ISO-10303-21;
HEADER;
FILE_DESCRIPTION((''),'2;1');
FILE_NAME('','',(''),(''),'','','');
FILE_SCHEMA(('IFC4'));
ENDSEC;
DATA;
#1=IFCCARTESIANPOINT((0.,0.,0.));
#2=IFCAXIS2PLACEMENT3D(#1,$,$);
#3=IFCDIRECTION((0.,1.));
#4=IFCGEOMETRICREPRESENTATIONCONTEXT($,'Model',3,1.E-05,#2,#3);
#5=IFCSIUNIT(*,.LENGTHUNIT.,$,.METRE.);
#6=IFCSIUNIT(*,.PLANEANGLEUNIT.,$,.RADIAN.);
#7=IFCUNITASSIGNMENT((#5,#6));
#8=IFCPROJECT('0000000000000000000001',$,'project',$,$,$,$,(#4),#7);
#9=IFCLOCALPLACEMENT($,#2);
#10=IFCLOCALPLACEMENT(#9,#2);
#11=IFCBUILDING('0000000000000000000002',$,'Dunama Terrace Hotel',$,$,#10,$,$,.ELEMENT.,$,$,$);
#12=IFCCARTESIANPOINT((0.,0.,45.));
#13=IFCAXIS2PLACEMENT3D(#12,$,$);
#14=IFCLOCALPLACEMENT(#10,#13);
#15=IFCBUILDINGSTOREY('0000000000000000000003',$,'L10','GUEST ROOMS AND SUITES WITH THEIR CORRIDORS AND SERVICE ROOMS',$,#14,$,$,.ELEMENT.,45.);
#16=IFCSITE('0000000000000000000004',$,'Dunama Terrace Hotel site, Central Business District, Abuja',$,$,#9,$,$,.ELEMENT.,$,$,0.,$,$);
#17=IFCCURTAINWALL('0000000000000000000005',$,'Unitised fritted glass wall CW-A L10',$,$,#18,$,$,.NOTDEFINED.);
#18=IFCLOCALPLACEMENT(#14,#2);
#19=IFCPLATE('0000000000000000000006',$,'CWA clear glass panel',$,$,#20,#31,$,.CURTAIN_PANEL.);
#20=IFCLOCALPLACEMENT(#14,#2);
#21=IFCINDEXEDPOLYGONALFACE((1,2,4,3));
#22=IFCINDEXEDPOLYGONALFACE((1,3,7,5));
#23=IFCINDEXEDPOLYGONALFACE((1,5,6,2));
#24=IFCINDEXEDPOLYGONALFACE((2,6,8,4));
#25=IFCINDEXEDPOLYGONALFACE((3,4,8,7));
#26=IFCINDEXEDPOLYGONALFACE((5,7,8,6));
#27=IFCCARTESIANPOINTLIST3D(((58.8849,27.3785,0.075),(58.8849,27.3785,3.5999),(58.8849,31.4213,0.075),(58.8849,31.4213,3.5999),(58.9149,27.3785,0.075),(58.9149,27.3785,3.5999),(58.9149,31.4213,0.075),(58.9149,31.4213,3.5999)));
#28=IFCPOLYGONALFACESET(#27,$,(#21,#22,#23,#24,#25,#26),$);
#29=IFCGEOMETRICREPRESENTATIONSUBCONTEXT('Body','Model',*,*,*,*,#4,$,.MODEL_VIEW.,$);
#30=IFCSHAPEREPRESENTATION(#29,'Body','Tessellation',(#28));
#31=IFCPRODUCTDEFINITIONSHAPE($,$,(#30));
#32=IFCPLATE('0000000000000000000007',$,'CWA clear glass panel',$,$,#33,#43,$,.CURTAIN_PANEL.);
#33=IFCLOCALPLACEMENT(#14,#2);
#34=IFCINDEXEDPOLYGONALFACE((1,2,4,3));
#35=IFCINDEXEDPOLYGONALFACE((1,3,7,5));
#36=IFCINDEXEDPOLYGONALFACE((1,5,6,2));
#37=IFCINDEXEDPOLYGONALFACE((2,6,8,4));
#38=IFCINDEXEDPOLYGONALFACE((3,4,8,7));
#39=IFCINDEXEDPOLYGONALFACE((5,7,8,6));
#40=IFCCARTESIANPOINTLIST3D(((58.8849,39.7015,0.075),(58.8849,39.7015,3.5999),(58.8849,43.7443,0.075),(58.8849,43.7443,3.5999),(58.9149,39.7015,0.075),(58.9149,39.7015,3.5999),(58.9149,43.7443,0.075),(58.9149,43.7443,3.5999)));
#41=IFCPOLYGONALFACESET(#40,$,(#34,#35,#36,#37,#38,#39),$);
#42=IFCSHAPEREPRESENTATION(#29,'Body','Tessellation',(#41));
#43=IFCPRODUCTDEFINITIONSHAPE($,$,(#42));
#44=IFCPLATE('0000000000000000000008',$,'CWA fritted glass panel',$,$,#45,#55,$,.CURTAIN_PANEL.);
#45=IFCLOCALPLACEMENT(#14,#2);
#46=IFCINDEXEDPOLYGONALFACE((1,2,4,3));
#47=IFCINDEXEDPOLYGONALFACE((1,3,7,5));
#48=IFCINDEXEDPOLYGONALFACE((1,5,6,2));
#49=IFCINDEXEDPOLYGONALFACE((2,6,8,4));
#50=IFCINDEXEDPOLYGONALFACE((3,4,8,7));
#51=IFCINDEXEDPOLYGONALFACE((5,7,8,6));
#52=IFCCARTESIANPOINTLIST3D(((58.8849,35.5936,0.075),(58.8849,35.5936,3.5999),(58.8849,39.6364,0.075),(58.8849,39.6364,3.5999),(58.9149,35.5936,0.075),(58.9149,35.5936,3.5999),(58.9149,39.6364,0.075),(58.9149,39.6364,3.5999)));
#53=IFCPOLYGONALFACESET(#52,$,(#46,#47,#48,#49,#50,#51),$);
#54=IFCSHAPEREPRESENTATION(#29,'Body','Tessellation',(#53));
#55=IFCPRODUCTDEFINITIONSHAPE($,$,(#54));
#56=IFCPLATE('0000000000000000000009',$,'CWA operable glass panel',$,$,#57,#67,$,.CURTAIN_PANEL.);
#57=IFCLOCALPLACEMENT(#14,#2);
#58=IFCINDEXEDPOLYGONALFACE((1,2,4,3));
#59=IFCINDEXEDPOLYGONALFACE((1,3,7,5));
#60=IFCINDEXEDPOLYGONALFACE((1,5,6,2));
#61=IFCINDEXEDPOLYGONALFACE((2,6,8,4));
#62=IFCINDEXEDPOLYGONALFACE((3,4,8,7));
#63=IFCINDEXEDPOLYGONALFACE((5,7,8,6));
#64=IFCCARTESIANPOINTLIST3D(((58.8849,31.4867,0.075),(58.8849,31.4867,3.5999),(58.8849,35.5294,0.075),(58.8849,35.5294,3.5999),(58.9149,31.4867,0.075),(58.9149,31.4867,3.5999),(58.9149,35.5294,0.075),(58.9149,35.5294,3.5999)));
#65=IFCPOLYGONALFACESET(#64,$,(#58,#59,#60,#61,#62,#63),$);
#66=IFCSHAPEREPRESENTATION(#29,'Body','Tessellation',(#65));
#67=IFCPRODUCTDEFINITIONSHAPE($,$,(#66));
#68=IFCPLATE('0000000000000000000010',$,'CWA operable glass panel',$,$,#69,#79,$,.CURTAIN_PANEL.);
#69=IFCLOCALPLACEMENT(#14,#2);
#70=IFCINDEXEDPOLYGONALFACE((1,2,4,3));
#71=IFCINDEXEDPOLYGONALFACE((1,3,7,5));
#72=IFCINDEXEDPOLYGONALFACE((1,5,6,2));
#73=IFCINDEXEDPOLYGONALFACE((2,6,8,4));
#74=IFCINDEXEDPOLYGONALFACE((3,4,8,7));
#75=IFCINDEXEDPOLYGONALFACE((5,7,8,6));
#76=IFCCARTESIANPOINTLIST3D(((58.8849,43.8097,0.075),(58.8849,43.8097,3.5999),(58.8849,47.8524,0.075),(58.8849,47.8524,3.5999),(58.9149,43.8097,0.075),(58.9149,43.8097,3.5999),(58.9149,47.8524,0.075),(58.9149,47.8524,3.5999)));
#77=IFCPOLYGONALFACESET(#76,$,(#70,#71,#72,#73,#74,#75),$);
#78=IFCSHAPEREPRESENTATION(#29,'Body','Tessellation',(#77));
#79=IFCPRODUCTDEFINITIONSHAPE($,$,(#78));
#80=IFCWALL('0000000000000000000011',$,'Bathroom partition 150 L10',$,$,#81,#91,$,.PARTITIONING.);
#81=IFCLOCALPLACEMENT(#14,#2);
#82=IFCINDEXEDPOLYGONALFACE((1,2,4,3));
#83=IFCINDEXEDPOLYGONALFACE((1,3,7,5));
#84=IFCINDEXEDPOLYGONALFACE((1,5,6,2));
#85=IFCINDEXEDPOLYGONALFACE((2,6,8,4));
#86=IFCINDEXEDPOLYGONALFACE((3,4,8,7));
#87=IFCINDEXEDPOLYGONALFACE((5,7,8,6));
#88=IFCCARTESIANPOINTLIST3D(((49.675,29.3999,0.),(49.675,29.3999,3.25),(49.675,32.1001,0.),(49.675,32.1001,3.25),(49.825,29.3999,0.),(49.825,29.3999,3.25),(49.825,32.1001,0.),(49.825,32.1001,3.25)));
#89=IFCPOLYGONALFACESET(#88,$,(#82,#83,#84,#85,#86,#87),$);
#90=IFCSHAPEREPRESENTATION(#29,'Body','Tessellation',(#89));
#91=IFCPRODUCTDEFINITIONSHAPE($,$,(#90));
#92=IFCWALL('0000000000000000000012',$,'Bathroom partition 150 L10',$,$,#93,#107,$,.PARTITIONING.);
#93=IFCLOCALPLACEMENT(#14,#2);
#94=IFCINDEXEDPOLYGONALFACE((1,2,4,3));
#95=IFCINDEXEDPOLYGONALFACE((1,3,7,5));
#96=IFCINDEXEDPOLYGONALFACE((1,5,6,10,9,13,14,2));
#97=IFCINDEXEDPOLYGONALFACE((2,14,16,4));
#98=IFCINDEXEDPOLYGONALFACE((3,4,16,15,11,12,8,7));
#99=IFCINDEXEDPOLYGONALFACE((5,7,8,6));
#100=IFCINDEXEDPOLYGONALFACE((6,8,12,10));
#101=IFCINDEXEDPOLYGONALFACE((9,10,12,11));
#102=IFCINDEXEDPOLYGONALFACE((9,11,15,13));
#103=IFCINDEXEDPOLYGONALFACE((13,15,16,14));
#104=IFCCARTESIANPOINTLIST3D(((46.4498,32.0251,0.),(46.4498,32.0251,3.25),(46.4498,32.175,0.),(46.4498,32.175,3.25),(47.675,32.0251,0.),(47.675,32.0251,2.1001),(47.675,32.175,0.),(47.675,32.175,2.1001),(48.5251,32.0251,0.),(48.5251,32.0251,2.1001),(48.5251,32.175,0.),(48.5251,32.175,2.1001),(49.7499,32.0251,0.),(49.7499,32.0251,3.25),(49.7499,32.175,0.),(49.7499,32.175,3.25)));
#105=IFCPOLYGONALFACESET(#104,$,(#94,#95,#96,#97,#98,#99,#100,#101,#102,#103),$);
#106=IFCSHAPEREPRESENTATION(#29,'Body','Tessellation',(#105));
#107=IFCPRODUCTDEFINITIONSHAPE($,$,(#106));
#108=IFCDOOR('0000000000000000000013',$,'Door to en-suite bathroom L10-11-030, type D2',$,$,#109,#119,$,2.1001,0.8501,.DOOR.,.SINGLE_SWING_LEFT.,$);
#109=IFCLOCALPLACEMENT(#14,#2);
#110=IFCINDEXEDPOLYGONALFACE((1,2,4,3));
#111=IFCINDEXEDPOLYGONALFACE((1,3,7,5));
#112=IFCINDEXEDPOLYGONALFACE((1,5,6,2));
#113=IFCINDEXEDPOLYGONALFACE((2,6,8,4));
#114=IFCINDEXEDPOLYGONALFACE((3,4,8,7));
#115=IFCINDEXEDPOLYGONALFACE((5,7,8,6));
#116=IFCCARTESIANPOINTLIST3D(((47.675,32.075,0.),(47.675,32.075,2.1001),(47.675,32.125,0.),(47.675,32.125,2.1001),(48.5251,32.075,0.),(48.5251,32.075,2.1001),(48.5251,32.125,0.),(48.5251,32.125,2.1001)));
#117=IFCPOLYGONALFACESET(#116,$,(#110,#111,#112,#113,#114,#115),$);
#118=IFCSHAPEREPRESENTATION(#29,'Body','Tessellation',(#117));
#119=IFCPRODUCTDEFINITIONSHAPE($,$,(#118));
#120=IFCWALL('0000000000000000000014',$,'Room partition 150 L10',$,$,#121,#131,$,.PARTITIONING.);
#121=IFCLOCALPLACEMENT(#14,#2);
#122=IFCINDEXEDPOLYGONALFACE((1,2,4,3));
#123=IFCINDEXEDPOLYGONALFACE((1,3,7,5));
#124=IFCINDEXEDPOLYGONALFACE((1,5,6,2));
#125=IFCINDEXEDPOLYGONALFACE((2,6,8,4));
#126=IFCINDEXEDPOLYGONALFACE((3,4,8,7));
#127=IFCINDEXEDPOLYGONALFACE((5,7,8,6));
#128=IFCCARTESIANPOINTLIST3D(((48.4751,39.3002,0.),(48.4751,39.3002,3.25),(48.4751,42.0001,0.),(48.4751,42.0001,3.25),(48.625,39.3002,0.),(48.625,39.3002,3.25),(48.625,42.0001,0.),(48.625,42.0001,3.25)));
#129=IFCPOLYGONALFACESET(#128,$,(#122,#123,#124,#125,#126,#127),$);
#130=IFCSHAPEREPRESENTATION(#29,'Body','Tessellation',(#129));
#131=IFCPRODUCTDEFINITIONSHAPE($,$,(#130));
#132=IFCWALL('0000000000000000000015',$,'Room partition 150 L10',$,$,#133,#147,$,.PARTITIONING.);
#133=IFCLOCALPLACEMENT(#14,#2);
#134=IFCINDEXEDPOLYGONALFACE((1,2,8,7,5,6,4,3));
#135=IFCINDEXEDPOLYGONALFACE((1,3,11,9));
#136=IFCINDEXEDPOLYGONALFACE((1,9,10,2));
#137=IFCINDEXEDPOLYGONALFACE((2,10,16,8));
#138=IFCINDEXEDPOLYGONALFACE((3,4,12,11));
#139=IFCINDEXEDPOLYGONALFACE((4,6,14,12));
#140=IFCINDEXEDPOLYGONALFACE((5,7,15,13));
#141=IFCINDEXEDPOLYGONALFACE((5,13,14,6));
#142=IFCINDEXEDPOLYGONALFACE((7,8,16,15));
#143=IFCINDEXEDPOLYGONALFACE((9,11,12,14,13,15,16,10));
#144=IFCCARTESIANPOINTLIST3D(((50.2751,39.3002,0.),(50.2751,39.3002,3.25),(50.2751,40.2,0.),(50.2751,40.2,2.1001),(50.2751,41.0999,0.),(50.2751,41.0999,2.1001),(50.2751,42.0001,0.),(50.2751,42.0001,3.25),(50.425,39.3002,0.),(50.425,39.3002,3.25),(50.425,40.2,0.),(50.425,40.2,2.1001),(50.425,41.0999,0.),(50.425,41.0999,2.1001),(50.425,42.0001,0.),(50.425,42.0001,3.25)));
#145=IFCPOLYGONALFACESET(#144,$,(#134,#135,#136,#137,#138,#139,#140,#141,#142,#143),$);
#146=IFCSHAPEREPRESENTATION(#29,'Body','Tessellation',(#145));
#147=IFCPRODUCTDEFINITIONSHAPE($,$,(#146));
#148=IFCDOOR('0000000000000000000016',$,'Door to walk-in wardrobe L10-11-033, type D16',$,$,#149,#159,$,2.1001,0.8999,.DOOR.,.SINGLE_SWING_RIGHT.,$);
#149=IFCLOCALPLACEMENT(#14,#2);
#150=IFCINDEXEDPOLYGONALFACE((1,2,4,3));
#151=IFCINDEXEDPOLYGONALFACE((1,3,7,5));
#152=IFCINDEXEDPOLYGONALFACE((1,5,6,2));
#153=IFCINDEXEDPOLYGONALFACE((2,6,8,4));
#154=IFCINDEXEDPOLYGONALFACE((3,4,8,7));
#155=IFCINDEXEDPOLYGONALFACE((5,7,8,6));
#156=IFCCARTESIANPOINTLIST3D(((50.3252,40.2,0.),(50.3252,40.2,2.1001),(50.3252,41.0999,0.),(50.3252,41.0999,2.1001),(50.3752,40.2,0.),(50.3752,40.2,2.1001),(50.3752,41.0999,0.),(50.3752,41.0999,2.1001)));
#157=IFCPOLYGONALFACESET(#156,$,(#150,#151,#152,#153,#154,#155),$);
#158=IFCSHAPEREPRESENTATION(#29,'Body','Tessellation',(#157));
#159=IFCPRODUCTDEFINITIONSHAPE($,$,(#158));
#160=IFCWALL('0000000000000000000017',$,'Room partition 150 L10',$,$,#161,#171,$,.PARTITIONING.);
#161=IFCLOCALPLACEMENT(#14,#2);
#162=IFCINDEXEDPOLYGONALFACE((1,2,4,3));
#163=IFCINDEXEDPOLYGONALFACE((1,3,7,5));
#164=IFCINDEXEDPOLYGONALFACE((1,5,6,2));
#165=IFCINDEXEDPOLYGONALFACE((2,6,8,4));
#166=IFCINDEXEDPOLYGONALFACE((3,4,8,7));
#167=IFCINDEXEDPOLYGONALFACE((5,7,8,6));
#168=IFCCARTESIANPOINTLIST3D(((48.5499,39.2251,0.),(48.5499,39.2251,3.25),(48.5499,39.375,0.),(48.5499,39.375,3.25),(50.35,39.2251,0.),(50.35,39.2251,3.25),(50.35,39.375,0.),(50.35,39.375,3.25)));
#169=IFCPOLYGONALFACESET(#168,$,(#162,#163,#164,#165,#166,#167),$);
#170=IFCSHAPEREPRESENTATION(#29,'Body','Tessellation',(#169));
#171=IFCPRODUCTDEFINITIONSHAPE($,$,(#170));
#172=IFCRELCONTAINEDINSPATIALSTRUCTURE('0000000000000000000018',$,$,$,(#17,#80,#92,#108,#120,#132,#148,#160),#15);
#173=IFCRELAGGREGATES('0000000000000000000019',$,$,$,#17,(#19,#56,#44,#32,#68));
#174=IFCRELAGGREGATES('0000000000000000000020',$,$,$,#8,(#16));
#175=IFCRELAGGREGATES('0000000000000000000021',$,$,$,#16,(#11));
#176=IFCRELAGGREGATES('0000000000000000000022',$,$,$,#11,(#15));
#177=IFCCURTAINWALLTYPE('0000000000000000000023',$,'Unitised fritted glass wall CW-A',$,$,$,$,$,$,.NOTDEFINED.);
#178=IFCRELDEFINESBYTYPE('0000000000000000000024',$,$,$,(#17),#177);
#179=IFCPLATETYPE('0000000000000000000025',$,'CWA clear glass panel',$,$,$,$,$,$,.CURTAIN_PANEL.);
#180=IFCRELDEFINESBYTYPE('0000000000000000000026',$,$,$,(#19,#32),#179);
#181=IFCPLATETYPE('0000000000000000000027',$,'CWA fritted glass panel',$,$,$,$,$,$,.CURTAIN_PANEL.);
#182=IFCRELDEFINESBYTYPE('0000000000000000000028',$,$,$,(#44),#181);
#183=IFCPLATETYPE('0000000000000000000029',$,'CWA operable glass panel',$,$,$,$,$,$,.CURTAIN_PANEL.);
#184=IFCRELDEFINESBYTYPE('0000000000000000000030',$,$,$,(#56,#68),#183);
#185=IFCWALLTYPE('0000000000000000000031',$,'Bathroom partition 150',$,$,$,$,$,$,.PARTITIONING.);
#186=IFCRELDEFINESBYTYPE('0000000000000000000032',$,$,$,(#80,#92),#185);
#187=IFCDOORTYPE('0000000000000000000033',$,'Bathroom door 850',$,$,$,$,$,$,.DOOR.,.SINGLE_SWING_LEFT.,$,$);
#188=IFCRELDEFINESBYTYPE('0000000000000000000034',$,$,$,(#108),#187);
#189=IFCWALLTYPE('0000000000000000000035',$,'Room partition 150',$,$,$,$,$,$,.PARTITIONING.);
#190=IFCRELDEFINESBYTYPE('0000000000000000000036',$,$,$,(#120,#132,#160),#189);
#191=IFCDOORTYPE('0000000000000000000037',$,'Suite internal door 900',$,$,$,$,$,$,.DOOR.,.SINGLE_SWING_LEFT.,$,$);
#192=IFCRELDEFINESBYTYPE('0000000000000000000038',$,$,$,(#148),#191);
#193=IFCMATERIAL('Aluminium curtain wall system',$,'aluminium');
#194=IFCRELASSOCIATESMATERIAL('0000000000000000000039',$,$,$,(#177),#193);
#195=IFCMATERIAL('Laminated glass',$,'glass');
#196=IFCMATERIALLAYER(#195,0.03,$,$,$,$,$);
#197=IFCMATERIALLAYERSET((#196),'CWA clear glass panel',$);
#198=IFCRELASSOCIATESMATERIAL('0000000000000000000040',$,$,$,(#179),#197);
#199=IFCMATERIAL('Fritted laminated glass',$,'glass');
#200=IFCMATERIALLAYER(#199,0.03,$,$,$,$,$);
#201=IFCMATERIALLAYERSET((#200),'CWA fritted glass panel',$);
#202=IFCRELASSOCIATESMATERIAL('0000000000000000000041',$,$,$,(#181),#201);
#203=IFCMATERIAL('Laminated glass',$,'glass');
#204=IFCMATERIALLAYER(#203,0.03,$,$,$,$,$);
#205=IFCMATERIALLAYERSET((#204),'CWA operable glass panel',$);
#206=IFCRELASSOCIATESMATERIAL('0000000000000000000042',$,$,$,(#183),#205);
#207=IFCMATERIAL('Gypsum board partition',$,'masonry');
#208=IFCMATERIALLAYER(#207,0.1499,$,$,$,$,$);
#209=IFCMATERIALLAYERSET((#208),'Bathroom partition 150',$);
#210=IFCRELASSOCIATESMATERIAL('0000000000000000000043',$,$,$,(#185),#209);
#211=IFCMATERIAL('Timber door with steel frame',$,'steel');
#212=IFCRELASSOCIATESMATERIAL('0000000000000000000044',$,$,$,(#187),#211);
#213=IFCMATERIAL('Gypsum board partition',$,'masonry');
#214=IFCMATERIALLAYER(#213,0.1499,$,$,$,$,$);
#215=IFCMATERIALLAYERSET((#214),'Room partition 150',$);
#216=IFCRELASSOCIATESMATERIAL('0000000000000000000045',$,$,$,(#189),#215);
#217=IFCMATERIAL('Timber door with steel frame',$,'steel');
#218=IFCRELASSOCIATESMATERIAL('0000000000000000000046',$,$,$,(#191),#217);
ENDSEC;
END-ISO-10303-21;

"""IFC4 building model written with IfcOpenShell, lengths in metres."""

from ifc_helpers import new_model, si_unit, direction, frame, frame_2d, origin, origin_2d, place, context, subcontext, project, spatial, rectangle, extrude, material, layer, layer_set, type_object, element, fill, aggregate, save


model = new_model("IFC4")

# Units and contexts
model_context = context("Model", 3, precision=1e-05, world=origin(), true_north=direction((0.0, 1.0)))
body_context = subcontext(model_context, "Body", "Model", "MODEL_VIEW")
ifc_project = project(units=[si_unit("LENGTHUNIT", "METRE"), si_unit("PLANEANGLEUNIT", "RADIAN")], contexts=[model_context])

# Site, building, storey
site_placement = place(None, origin())
site = spatial("IfcSite", under=ifc_project, at=site_placement, Name="Dunama Terrace Hotel site, Central Business District, Abuja", CompositionType="ELEMENT", RefElevation=0.0)
building_placement = place(site_placement, origin())
building = spatial("IfcBuilding", under=site, at=building_placement, Name="Dunama Terrace Hotel", CompositionType="ELEMENT")
storey_placement = place(building_placement, frame((0.0, 0.0, 45.0)))
storey = spatial("IfcBuildingStorey", under=building, at=storey_placement, Name="L10", Description="GUEST ROOMS AND SUITES WITH THEIR CORRIDORS AND SERVICE ROOMS", CompositionType="ELEMENT", Elevation=45.0)

# Curtain wall
ifc_material_1 = material(Name="Aluminium curtain wall system", Category="aluminium")
curtain_wall_type = type_object("IfcCurtainWallType", Name="Unitised fritted glass wall CW-A", PredefinedType="NOTDEFINED", material=ifc_material_1)
curtain_wall_placement = place(storey_placement, origin())
curtain_wall = element("IfcCurtainWall", 1, at=curtain_wall_placement, inside=storey, type_object=curtain_wall_type, Name="Unitised fritted glass wall CW-A L10", PredefinedType="NOTDEFINED")

# Plates
ifc_material_2 = material(Name="Laminated glass", Category="glass")
ifc_layer_1 = layer(ifc_material_2, 0.03)
ifc_layer_set_1 = layer_set([ifc_layer_1], Name="CWA clear glass panel")
plate_type_1 = type_object("IfcPlateType", Name="CWA clear glass panel", PredefinedType="CURTAIN_PANEL", material=ifc_layer_set_1)
plate_1_placement = place(storey_placement, frame((58.8999, 29.3999, 0.075), z_axis=(0.0, 0.0, 1.0), x_axis=(0.0, 1.0, 0.0)))
plate_1 = element("IfcPlate", 2, at=plate_1_placement, type_object=plate_type_1, Name="CWA clear glass panel", PredefinedType="CURTAIN_PANEL", context=body_context, shape_type="SweptSolid", body=[
    extrude(rectangle(XDim=4.0427, YDim=0.03, at=origin_2d()), origin(), (0.0, 0.0, 1.0), 3.5249),
])
plate_2_placement = place(storey_placement, frame((58.8999, 41.7229, 0.075), z_axis=(0.0, 0.0, 1.0), x_axis=(0.0, 1.0, 0.0)))
plate_2 = element("IfcPlate", 3, at=plate_2_placement, type_object=plate_type_1, Name="CWA clear glass panel", PredefinedType="CURTAIN_PANEL", context=body_context, shape_type="SweptSolid", body=[
    extrude(rectangle(XDim=4.0427, YDim=0.03, at=origin_2d()), origin(), (0.0, 0.0, 1.0), 3.5249),
])
ifc_material_3 = material(Name="Fritted laminated glass", Category="glass")
ifc_layer_2 = layer(ifc_material_3, 0.03)
ifc_layer_set_2 = layer_set([ifc_layer_2], Name="CWA fritted glass panel")
plate_type_2 = type_object("IfcPlateType", Name="CWA fritted glass panel", PredefinedType="CURTAIN_PANEL", material=ifc_layer_set_2)
plate_3_placement = place(storey_placement, frame((58.8999, 37.615, 0.075), z_axis=(0.0, 0.0, 1.0), x_axis=(0.0, 1.0, 0.0)))
plate_3 = element("IfcPlate", 4, at=plate_3_placement, type_object=plate_type_2, Name="CWA fritted glass panel", PredefinedType="CURTAIN_PANEL", context=body_context, shape_type="SweptSolid", body=[
    extrude(rectangle(XDim=4.0427, YDim=0.03, at=origin_2d()), origin(), (0.0, 0.0, 1.0), 3.5249),
])
ifc_material_4 = material(Name="Laminated glass", Category="glass")
ifc_layer_3 = layer(ifc_material_4, 0.03)
ifc_layer_set_3 = layer_set([ifc_layer_3], Name="CWA operable glass panel")
plate_type_3 = type_object("IfcPlateType", Name="CWA operable glass panel", PredefinedType="CURTAIN_PANEL", material=ifc_layer_set_3)
plate_4_placement = place(storey_placement, frame((58.8999, 33.5081, 0.075), z_axis=(0.0, 0.0, 1.0), x_axis=(0.0, 1.0, 0.0)))
plate_4 = element("IfcPlate", 5, at=plate_4_placement, type_object=plate_type_3, Name="CWA operable glass panel", PredefinedType="CURTAIN_PANEL", context=body_context, shape_type="SweptSolid", body=[
    extrude(rectangle(XDim=4.0427, YDim=0.03, at=origin_2d()), origin(), (0.0, 0.0, 1.0), 3.5249),
])
plate_5_placement = place(storey_placement, frame((58.8999, 45.8311, 0.075), z_axis=(0.0, 0.0, 1.0), x_axis=(0.0, 1.0, 0.0)))
plate_5 = element("IfcPlate", 6, at=plate_5_placement, type_object=plate_type_3, Name="CWA operable glass panel", PredefinedType="CURTAIN_PANEL", context=body_context, shape_type="SweptSolid", body=[
    extrude(rectangle(XDim=4.0427, YDim=0.03, at=origin_2d()), origin(), (0.0, 0.0, 1.0), 3.5249),
])
aggregate(curtain_wall, [plate_1, plate_4, plate_3, plate_2, plate_5])

# Wall
ifc_material_5 = material(Name="Gypsum board partition", Category="masonry")
ifc_layer_4 = layer(ifc_material_5, 0.1499)
ifc_layer_set_4 = layer_set([ifc_layer_4], Name="Bathroom partition 150")
wall_type_1 = type_object("IfcWallType", Name="Bathroom partition 150", PredefinedType="PARTITIONING", material=ifc_layer_set_4)
wall_1_placement = place(storey_placement, frame((49.75, 29.3999, 0.0), z_axis=(0.0, 0.0, 1.0), x_axis=(0.0, 1.0, 0.0)))
element("IfcWall", 7, at=wall_1_placement, inside=storey, type_object=wall_type_1, Name="Bathroom partition 150 L10", PredefinedType="PARTITIONING", context=body_context, shape_type="SweptSolid", body=[
    extrude(rectangle(XDim=2.7002, YDim=0.1499, at=frame_2d((1.3501, 0.0))), origin(), (0.0, 0.0, 1.0), 3.25),
])

# Wall, opening, door
wall_2_placement = place(storey_placement, frame((46.45, 32.1001, 0.0), z_axis=(0.0, 0.0, 1.0), x_axis=(1.0, 0.0, 0.0)))
wall_2 = element("IfcWall", 8, at=wall_2_placement, inside=storey, type_object=wall_type_1, Name="Bathroom partition 150 L10", PredefinedType="PARTITIONING", context=body_context, shape_type="SweptSolid", body=[
    extrude(rectangle(XDim=3.3, YDim=0.1499, at=frame_2d((1.6499, 0.0))), origin(), (0.0, 0.0, 1.0), 3.25),
])
opening_1_placement = place(wall_2_placement, frame((1.2251, 0.0, 0.0)))
opening_1 = element("IfcOpeningElement", 9, at=opening_1_placement, cuts=wall_2, PredefinedType="OPENING", context=body_context, shape_type="SweptSolid", body=[
    extrude(rectangle(XDim=0.8501, YDim=2.1001, at=frame_2d((0.425, 1.05))), frame((0.0, 0.085, 0.0), z_axis=(0.0, -1.0, 0.0), x_axis=(1.0, 0.0, 0.0)), (0.0, 0.0, 1.0), 0.1699),
])
ifc_material_6 = material(Name="Timber door with steel frame", Category="steel")
door_type_1 = type_object("IfcDoorType", Name="Bathroom door 850", OperationType="SINGLE_SWING_LEFT", PredefinedType="DOOR", material=ifc_material_6)
door_1_placement = place(opening_1_placement, frame((0.8501, 0.0, 0.0), z_axis=(0.0, 0.0, 1.0), x_axis=(-1.0, 0.0, 0.0)))
door_1 = element("IfcDoor", 10, at=door_1_placement, inside=storey, type_object=door_type_1, Name="Door to en-suite bathroom L10-11-030, type D2", OperationType="SINGLE_SWING_LEFT", OverallHeight=2.1001, OverallWidth=0.8501, PredefinedType="DOOR", context=body_context, shape_type="SweptSolid", body=[
    extrude(rectangle(XDim=0.8501, YDim=2.1001, at=frame_2d((0.425, 1.05))), frame((0.0, 0.0251, 0.0), z_axis=(0.0, -1.0, 0.0), x_axis=(1.0, 0.0, 0.0)), (0.0, 0.0, 1.0), 0.05),
])
fill(opening_1, door_1)

# Wall
ifc_material_7 = material(Name="Gypsum board partition", Category="masonry")
ifc_layer_5 = layer(ifc_material_7, 0.1499)
ifc_layer_set_5 = layer_set([ifc_layer_5], Name="Room partition 150")
wall_type_2 = type_object("IfcWallType", Name="Room partition 150", PredefinedType="PARTITIONING", material=ifc_layer_set_5)
wall_3_placement = place(storey_placement, frame((48.55, 39.3, 0.0), z_axis=(0.0, 0.0, 1.0), x_axis=(0.0, 1.0, 0.0)))
element("IfcWall", 11, at=wall_3_placement, inside=storey, type_object=wall_type_2, Name="Room partition 150 L10", PredefinedType="PARTITIONING", context=body_context, shape_type="SweptSolid", body=[
    extrude(rectangle(XDim=2.7, YDim=0.1499, at=frame_2d((1.3501, 0.0))), origin(), (0.0, 0.0, 1.0), 3.25),
])

# Wall, opening, door
wall_4_placement = place(storey_placement, frame((50.3501, 39.3, 0.0), z_axis=(0.0, 0.0, 1.0), x_axis=(0.0, 1.0, 0.0)))
wall_4 = element("IfcWall", 12, at=wall_4_placement, inside=storey, type_object=wall_type_2, Name="Room partition 150 L10", PredefinedType="PARTITIONING", context=body_context, shape_type="SweptSolid", body=[
    extrude(rectangle(XDim=2.7, YDim=0.1499, at=frame_2d((1.3501, 0.0))), origin(), (0.0, 0.0, 1.0), 3.25),
])
opening_2_placement = place(wall_4_placement, frame((0.8999, 0.0, 0.0)))
opening_2 = element("IfcOpeningElement", 13, at=opening_2_placement, cuts=wall_4, PredefinedType="OPENING", context=body_context, shape_type="SweptSolid", body=[
    extrude(rectangle(XDim=0.8999, YDim=2.1001, at=frame_2d((0.45, 1.05))), frame((0.0, 0.085, 0.0), z_axis=(0.0, -1.0, 0.0), x_axis=(1.0, 0.0, 0.0)), (0.0, 0.0, 1.0), 0.1699),
])
ifc_material_8 = material(Name="Timber door with steel frame", Category="steel")
door_type_2 = type_object("IfcDoorType", Name="Suite internal door 900", OperationType="SINGLE_SWING_LEFT", PredefinedType="DOOR", material=ifc_material_8)
door_2_placement = place(opening_2_placement, origin())
door_2 = element("IfcDoor", 14, at=door_2_placement, inside=storey, type_object=door_type_2, Name="Door to walk-in wardrobe L10-11-033, type D16", OperationType="SINGLE_SWING_RIGHT", OverallHeight=2.1001, OverallWidth=0.8999, PredefinedType="DOOR", context=body_context, shape_type="SweptSolid", body=[
    extrude(rectangle(XDim=0.8999, YDim=2.1001, at=frame_2d((0.45, 1.05))), frame((0.0, 0.0249, 0.0), z_axis=(0.0, -1.0, 0.0), x_axis=(1.0, 0.0, 0.0)), (0.0, 0.0, 1.0), 0.05),
])
fill(opening_2, door_2)

# Wall
wall_5_placement = place(storey_placement, frame((48.55, 39.3, 0.0), z_axis=(0.0, 0.0, 1.0), x_axis=(1.0, 0.0, 0.0)))
element("IfcWall", 15, at=wall_5_placement, inside=storey, type_object=wall_type_2, Name="Room partition 150 L10", PredefinedType="PARTITIONING", context=body_context, shape_type="SweptSolid", body=[
    extrude(rectangle(XDim=1.8, YDim=0.1499, at=frame_2d((0.8999, 0.0))), origin(), (0.0, 0.0, 1.0), 3.25),
])

save(model, "model.ifc")
